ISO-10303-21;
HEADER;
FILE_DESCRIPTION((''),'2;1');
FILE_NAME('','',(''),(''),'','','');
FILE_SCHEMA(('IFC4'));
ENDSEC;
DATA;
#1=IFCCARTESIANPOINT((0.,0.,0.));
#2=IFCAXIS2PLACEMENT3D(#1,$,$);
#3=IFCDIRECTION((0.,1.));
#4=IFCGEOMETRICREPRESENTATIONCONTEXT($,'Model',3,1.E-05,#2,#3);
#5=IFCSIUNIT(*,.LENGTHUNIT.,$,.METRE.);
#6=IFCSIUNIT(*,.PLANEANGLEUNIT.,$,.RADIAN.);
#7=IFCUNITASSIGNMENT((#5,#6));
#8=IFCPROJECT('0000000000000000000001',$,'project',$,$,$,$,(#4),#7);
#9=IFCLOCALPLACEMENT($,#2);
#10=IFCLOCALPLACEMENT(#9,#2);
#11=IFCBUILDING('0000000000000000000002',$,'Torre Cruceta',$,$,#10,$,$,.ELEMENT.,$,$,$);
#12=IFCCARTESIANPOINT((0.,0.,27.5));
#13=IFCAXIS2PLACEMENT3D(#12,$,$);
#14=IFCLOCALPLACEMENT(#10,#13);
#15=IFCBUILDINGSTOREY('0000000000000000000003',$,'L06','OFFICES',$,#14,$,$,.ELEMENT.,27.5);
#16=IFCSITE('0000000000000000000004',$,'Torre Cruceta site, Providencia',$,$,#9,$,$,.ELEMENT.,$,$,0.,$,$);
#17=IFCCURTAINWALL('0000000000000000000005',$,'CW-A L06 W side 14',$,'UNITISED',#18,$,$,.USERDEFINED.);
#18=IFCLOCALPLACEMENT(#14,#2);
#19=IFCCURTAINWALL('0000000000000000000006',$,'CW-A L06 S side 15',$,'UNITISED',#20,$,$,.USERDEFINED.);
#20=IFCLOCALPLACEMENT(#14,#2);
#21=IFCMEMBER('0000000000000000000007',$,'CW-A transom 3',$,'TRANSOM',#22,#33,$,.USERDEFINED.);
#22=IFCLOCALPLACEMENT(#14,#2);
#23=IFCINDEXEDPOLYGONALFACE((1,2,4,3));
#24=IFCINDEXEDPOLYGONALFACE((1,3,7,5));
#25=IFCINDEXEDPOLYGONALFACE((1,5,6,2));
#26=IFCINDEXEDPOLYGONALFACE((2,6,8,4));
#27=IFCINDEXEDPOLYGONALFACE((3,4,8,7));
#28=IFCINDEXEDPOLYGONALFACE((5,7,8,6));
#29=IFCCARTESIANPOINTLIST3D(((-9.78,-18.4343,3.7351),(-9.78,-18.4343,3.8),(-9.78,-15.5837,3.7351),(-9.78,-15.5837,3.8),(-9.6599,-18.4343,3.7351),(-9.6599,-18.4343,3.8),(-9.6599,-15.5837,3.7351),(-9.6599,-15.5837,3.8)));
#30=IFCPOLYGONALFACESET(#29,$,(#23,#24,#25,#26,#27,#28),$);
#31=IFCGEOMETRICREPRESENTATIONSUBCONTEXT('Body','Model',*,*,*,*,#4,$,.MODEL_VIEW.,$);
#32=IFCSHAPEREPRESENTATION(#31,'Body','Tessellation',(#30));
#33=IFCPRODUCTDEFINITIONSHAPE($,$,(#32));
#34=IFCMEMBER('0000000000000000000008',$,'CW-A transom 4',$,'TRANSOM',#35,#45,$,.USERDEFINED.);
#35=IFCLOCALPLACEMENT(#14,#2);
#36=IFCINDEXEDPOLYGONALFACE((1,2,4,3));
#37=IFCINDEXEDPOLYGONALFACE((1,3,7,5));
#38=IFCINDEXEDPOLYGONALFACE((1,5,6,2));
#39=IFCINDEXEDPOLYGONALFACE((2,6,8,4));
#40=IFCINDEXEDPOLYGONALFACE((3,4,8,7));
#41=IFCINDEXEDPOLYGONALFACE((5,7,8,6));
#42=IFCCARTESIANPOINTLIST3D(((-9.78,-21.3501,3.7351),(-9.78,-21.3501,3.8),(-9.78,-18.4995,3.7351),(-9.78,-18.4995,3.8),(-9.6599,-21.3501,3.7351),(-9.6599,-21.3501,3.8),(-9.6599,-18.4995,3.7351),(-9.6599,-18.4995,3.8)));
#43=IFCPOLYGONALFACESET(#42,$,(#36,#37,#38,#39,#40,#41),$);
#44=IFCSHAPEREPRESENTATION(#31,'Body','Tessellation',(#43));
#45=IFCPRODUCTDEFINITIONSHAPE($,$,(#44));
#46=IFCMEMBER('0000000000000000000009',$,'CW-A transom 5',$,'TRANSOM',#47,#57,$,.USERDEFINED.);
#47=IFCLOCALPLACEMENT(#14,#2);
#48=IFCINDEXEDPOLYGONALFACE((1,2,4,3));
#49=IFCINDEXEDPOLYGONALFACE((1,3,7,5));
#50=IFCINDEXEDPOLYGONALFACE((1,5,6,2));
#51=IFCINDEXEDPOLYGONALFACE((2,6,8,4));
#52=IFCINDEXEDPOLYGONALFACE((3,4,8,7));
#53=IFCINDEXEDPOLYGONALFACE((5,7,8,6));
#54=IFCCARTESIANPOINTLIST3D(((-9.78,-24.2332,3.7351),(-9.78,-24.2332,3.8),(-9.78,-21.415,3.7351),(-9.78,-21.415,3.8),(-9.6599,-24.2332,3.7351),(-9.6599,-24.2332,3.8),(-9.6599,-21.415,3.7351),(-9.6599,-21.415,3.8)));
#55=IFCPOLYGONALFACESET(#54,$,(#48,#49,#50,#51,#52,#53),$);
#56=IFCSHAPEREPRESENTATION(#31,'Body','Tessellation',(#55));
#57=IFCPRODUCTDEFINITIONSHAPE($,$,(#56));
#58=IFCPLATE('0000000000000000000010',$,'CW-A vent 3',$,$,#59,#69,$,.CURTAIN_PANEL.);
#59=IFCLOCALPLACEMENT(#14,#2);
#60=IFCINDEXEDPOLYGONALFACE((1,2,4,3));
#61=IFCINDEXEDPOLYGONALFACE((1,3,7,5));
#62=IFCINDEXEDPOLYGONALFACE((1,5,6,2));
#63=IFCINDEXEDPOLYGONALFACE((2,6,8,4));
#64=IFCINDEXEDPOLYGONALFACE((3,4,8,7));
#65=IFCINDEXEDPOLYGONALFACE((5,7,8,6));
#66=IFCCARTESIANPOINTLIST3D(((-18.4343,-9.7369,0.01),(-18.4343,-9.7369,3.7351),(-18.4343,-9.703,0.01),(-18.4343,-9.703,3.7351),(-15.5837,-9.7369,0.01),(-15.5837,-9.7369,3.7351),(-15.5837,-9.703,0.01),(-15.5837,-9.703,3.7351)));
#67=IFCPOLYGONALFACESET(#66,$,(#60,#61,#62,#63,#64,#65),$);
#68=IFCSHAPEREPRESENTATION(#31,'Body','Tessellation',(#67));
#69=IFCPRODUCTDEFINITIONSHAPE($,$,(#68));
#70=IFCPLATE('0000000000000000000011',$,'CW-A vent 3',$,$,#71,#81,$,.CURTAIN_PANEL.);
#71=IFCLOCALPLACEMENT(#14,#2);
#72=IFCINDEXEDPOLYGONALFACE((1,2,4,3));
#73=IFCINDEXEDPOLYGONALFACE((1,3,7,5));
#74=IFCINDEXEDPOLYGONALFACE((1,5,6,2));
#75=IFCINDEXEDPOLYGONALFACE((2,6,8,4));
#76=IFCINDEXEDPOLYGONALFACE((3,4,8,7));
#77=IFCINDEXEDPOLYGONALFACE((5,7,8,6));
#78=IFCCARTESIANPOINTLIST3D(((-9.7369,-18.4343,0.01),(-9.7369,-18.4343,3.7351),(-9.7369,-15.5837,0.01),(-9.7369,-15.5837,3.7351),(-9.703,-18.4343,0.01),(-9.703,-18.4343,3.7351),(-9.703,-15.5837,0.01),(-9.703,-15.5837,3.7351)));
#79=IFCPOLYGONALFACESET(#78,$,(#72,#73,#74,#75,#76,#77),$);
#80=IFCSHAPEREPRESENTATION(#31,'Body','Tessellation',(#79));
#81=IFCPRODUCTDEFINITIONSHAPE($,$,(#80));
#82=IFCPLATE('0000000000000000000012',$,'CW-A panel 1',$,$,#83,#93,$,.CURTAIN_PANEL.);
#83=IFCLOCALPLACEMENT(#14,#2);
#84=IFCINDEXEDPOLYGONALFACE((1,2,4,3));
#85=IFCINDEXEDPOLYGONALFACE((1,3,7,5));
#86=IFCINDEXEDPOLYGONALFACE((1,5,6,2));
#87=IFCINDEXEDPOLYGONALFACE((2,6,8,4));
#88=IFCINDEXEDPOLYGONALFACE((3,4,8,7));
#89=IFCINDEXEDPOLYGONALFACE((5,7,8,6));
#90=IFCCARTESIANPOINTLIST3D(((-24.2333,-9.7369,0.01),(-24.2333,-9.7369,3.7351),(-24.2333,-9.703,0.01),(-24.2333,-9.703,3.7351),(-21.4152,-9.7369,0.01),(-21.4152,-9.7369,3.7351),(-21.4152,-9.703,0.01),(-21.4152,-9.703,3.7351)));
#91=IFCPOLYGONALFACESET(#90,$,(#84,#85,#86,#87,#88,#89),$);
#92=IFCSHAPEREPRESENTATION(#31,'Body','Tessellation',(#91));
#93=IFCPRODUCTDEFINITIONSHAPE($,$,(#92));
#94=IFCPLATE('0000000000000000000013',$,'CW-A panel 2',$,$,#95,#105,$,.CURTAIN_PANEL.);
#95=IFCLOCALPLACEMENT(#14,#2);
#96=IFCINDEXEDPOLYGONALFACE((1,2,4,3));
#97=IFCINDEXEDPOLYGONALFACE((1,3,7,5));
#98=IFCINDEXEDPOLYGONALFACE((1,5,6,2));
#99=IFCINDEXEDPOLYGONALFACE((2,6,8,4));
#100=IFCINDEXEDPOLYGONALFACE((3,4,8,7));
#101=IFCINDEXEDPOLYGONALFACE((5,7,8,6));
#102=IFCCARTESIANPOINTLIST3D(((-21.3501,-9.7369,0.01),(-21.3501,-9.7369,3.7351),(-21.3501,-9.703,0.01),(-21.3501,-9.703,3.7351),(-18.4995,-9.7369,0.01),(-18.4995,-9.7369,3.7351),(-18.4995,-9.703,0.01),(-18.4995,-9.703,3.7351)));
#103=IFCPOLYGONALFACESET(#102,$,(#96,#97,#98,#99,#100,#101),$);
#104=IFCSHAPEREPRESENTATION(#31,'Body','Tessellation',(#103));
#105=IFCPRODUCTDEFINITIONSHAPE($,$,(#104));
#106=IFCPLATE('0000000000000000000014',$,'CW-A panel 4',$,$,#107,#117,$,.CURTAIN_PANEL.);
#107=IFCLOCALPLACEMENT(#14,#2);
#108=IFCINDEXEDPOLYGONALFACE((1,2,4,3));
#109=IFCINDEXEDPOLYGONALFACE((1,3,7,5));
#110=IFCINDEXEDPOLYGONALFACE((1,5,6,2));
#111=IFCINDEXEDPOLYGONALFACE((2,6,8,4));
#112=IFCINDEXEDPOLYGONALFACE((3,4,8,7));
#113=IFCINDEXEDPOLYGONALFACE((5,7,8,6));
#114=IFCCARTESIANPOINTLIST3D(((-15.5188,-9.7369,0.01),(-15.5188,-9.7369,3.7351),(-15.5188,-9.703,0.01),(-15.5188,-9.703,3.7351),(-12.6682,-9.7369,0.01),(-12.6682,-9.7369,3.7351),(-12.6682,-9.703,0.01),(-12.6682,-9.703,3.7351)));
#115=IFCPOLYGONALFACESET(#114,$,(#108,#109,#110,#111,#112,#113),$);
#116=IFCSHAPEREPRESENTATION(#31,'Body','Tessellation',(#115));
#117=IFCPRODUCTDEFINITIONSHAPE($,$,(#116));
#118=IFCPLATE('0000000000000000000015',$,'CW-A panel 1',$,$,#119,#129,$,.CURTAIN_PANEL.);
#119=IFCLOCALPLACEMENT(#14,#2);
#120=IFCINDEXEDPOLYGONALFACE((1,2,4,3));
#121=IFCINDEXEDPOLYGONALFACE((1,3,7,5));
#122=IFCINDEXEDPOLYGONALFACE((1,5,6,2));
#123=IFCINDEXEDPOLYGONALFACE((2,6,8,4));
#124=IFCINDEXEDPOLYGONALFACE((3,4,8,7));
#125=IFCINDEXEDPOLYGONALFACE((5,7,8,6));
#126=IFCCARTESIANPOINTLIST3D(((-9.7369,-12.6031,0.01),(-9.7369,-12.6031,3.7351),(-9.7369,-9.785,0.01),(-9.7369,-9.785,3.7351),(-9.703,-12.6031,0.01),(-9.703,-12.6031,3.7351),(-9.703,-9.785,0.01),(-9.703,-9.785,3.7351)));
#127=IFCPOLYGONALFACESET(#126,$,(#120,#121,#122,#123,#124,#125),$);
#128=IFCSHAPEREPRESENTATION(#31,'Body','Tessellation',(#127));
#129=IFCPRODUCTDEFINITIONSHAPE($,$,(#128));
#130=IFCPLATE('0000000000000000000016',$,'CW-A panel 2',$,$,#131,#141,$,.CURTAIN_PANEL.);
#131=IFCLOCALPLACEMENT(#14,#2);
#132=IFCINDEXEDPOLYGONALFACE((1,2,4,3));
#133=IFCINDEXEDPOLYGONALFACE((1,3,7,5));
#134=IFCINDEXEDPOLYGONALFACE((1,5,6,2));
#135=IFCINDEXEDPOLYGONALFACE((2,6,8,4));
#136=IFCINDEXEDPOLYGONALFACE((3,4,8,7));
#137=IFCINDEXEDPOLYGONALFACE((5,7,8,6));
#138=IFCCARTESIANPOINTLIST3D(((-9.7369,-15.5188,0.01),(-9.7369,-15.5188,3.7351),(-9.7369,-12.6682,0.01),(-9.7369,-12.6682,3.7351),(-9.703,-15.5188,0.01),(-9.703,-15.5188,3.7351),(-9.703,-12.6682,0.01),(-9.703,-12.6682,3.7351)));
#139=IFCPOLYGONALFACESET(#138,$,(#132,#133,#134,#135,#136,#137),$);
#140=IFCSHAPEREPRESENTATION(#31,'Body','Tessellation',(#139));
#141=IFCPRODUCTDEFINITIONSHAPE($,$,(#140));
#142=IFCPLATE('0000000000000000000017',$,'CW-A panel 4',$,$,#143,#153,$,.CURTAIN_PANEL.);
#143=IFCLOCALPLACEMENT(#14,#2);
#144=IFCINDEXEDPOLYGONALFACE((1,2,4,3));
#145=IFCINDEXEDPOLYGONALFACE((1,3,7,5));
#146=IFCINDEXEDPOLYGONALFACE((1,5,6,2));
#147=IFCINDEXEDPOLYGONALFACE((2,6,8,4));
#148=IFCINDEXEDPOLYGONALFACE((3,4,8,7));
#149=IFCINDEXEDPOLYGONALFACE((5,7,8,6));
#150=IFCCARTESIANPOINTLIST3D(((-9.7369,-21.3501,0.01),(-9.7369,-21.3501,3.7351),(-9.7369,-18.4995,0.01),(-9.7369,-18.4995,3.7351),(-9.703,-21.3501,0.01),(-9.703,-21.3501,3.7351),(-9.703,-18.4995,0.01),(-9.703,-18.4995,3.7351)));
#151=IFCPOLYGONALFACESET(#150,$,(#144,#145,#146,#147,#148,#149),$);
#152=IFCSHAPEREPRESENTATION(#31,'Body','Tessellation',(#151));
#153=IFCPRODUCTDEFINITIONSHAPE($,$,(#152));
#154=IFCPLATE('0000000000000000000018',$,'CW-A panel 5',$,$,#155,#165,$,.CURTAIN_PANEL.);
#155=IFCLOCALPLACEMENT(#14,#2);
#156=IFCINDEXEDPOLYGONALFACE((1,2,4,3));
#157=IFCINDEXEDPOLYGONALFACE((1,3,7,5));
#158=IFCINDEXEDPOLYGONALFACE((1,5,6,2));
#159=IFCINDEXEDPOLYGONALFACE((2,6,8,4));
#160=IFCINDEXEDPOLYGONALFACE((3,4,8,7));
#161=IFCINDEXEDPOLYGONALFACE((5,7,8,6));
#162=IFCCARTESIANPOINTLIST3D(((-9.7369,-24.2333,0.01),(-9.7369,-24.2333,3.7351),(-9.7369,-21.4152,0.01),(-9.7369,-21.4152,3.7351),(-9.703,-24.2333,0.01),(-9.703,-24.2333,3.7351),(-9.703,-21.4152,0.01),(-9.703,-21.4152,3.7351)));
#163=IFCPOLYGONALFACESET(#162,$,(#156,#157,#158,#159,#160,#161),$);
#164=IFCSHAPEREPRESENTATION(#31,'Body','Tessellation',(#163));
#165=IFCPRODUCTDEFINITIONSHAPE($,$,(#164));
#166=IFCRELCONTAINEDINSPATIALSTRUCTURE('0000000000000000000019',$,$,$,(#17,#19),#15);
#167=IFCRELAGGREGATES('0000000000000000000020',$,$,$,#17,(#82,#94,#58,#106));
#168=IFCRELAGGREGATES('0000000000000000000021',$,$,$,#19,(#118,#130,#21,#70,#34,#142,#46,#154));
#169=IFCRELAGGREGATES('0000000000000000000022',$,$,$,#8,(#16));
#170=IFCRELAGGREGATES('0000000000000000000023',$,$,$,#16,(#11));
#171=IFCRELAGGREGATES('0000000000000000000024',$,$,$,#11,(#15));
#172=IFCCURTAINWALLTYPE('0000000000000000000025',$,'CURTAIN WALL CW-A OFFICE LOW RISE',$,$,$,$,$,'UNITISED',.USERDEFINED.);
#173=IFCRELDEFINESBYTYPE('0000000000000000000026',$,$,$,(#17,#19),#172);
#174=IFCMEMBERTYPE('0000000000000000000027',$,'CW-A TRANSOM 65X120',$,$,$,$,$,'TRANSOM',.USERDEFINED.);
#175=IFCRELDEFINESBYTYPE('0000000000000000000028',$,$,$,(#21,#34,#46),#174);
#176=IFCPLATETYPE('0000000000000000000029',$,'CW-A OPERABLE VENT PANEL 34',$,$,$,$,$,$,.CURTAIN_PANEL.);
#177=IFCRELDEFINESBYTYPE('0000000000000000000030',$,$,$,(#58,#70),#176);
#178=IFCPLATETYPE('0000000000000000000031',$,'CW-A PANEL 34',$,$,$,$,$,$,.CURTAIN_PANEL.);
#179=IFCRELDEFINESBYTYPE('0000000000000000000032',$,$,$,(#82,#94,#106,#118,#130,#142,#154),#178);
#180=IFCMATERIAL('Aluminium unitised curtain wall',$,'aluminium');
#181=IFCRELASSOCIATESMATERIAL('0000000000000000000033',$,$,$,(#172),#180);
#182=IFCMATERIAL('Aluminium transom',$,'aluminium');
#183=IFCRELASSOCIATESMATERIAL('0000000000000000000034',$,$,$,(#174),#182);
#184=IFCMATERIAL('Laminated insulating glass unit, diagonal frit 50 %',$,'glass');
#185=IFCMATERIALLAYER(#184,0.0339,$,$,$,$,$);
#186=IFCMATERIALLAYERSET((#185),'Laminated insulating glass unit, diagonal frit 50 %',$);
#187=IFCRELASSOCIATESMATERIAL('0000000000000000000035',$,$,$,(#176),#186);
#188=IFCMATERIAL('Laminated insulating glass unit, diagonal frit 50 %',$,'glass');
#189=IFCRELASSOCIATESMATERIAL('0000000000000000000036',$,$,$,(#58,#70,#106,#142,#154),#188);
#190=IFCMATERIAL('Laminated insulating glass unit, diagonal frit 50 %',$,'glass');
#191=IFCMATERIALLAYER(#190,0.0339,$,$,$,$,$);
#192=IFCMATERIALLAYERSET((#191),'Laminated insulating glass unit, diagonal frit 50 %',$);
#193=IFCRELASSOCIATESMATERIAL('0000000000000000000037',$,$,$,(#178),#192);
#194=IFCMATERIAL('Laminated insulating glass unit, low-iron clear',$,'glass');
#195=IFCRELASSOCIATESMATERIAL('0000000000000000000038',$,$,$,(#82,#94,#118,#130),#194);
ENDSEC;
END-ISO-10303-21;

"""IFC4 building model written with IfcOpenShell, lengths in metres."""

from ifc_helpers import new_model, si_unit, direction, frame, origin, origin_2d, place, context, subcontext, project, spatial, rectangle, extrude, material, layer, layer_set, material_profile, profile_set, type_object, element, aggregate, save


model = new_model("IFC4")

# Units and contexts
model_context = context("Model", 3, precision=1e-05, world=origin(), true_north=direction((0.0, 1.0)))
body_context = subcontext(model_context, "Body", "Model", "MODEL_VIEW")
ifc_project = project(units=[si_unit("LENGTHUNIT", "METRE"), si_unit("PLANEANGLEUNIT", "RADIAN")], contexts=[model_context])

# Site, building, storey
site_placement = place(None, origin())
site = spatial("IfcSite", under=ifc_project, at=site_placement, Name="Torre Cruceta site, Providencia", CompositionType="ELEMENT", RefElevation=0.0)
building_placement = place(site_placement, origin())
building = spatial("IfcBuilding", under=site, at=building_placement, Name="Torre Cruceta", CompositionType="ELEMENT")
storey_placement = place(building_placement, frame((0.0, 0.0, 27.5)))
storey = spatial("IfcBuildingStorey", under=building, at=storey_placement, Name="L06", Description="OFFICES", CompositionType="ELEMENT", Elevation=27.5)

# Curtain walls
ifc_material_1 = material(Name="Aluminium unitised curtain wall", Category="aluminium")
curtain_wall_type = type_object("IfcCurtainWallType", Name="CURTAIN WALL CW-A OFFICE LOW RISE", ElementType="UNITISED", PredefinedType="USERDEFINED", material=ifc_material_1)
curtain_wall_1_placement = place(storey_placement, origin())
curtain_wall_1 = element("IfcCurtainWall", 1, at=curtain_wall_1_placement, inside=storey, type_object=curtain_wall_type, Name="CW-A L06 W side 14", ObjectType="UNITISED", PredefinedType="USERDEFINED")
curtain_wall_2_placement = place(storey_placement, origin())
curtain_wall_2 = element("IfcCurtainWall", 2, at=curtain_wall_2_placement, inside=storey, type_object=curtain_wall_type, Name="CW-A L06 S side 15", ObjectType="UNITISED", PredefinedType="USERDEFINED")

# Members
ifc_material_2 = material(Name="Aluminium transom", Category="aluminium")
ifc_material_profile_1 = material_profile(ifc_material_2, rectangle(XDim=0.1201, YDim=0.0649, at=origin_2d()), Name="AL 120X65")
ifc_profile_set_1 = profile_set([ifc_material_profile_1], Name="Aluminium transom")
member_type_1 = type_object("IfcMemberType", Name="CW-A TRANSOM 65X120", ElementType="TRANSOM", PredefinedType="USERDEFINED", material=ifc_profile_set_1)
member_1_placement = place(storey_placement, frame((-9.72, -15.5837, 3.7676), z_axis=(0.0, -1.0, 0.0), x_axis=(1.0, 0.0, 0.0)))
member_1 = element("IfcMember", 3, at=member_1_placement, type_object=member_type_1, Name="CW-A transom 3", ObjectType="TRANSOM", PredefinedType="USERDEFINED", context=body_context, shape_type="SweptSolid", body=[
    extrude(rectangle(XDim=0.1201, YDim=0.0649, at=origin_2d()), origin(), (0.0, 0.0, 1.0), 2.8506),
])
member_2_placement = place(storey_placement, frame((-9.72, -18.4995, 3.7676), z_axis=(0.0, -1.0, 0.0), x_axis=(1.0, 0.0, 0.0)))
member_2 = element("IfcMember", 4, at=member_2_placement, type_object=member_type_1, Name="CW-A transom 4", ObjectType="TRANSOM", PredefinedType="USERDEFINED", context=body_context, shape_type="SweptSolid", body=[
    extrude(rectangle(XDim=0.1201, YDim=0.0649, at=origin_2d()), origin(), (0.0, 0.0, 1.0), 2.8506),
])
member_3_placement = place(storey_placement, frame((-9.72, -21.415, 3.7676), z_axis=(0.0, -1.0, 0.0), x_axis=(1.0, 0.0, 0.0)))
member_3 = element("IfcMember", 5, at=member_3_placement, type_object=member_type_1, Name="CW-A transom 5", ObjectType="TRANSOM", PredefinedType="USERDEFINED", context=body_context, shape_type="SweptSolid", body=[
    extrude(rectangle(XDim=0.1201, YDim=0.0649, at=origin_2d()), origin(), (0.0, 0.0, 1.0), 2.8181),
])

# Plates
ifc_material_3 = material(Name="Laminated insulating glass unit, diagonal frit 50 %", Category="glass")
ifc_material_4 = material(Name="Laminated insulating glass unit, diagonal frit 50 %", Category="glass")
ifc_layer_1 = layer(ifc_material_4, 0.0339)
ifc_layer_set_1 = layer_set([ifc_layer_1], Name="Laminated insulating glass unit, diagonal frit 50 %")
plate_type_1 = type_object("IfcPlateType", Name="CW-A OPERABLE VENT PANEL 34", PredefinedType="CURTAIN_PANEL", material=ifc_layer_set_1)
plate_1_placement = place(storey_placement, frame((-17.009, -9.72, 0.01), z_axis=(0.0, 0.0, 1.0), x_axis=(1.0, 0.0, 0.0)))
plate_1 = element("IfcPlate", 6, at=plate_1_placement, type_object=plate_type_1, material=ifc_material_3, Name="CW-A vent 3", PredefinedType="CURTAIN_PANEL", context=body_context, shape_type="SweptSolid", body=[
    extrude(rectangle(XDim=2.8506, YDim=0.0339, at=origin_2d()), origin(), (0.0, 0.0, 1.0), 3.7251),
])
plate_2_placement = place(storey_placement, frame((-9.72, -17.009, 0.01), z_axis=(0.0, 0.0, 1.0), x_axis=(0.0, -1.0, 0.0)))
plate_2 = element("IfcPlate", 7, at=plate_2_placement, type_object=plate_type_1, material=ifc_material_3, Name="CW-A vent 3", PredefinedType="CURTAIN_PANEL", context=body_context, shape_type="SweptSolid", body=[
    extrude(rectangle(XDim=2.8506, YDim=0.0339, at=origin_2d()), origin(), (0.0, 0.0, 1.0), 3.7251),
])
ifc_material_5 = material(Name="Laminated insulating glass unit, low-iron clear", Category="glass")
ifc_material_6 = material(Name="Laminated insulating glass unit, diagonal frit 50 %", Category="glass")
ifc_layer_2 = layer(ifc_material_6, 0.0339)
ifc_layer_set_2 = layer_set([ifc_layer_2], Name="Laminated insulating glass unit, diagonal frit 50 %")
plate_type_2 = type_object("IfcPlateType", Name="CW-A PANEL 34", PredefinedType="CURTAIN_PANEL", material=ifc_layer_set_2)
plate_3_placement = place(storey_placement, frame((-22.8242, -9.72, 0.01), z_axis=(0.0, 0.0, 1.0), x_axis=(1.0, 0.0, 0.0)))
plate_3 = element("IfcPlate", 8, at=plate_3_placement, type_object=plate_type_2, material=ifc_material_5, Name="CW-A panel 1", PredefinedType="CURTAIN_PANEL", context=body_context, shape_type="SweptSolid", body=[
    extrude(rectangle(XDim=2.8181, YDim=0.0339, at=origin_2d()), origin(), (0.0, 0.0, 1.0), 3.7251),
])
plate_4_placement = place(storey_placement, frame((-19.9248, -9.72, 0.01), z_axis=(0.0, 0.0, 1.0), x_axis=(1.0, 0.0, 0.0)))
plate_4 = element("IfcPlate", 9, at=plate_4_placement, type_object=plate_type_2, material=ifc_material_5, Name="CW-A panel 2", PredefinedType="CURTAIN_PANEL", context=body_context, shape_type="SweptSolid", body=[
    extrude(rectangle(XDim=2.8506, YDim=0.0339, at=origin_2d()), origin(), (0.0, 0.0, 1.0), 3.7251),
])
plate_5_placement = place(storey_placement, frame((-14.0935, -9.72, 0.01), z_axis=(0.0, 0.0, 1.0), x_axis=(1.0, 0.0, 0.0)))
plate_5 = element("IfcPlate", 10, at=plate_5_placement, type_object=plate_type_2, material=ifc_material_3, Name="CW-A panel 4", PredefinedType="CURTAIN_PANEL", context=body_context, shape_type="SweptSolid", body=[
    extrude(rectangle(XDim=2.8506, YDim=0.0339, at=origin_2d()), origin(), (0.0, 0.0, 1.0), 3.7251),
])
aggregate(curtain_wall_1, [plate_3, plate_4, plate_1, plate_5])
plate_6_placement = place(storey_placement, frame((-9.72, -11.1941, 0.01), z_axis=(0.0, 0.0, 1.0), x_axis=(0.0, -1.0, 0.0)))
plate_6 = element("IfcPlate", 11, at=plate_6_placement, type_object=plate_type_2, material=ifc_material_5, Name="CW-A panel 1", PredefinedType="CURTAIN_PANEL", context=body_context, shape_type="SweptSolid", body=[
    extrude(rectangle(XDim=2.8181, YDim=0.0339, at=origin_2d()), origin(), (0.0, 0.0, 1.0), 3.7251),
])
plate_7_placement = place(storey_placement, frame((-9.72, -14.0935, 0.01), z_axis=(0.0, 0.0, 1.0), x_axis=(0.0, -1.0, 0.0)))
plate_7 = element("IfcPlate", 12, at=plate_7_placement, type_object=plate_type_2, material=ifc_material_5, Name="CW-A panel 2", PredefinedType="CURTAIN_PANEL", context=body_context, shape_type="SweptSolid", body=[
    extrude(rectangle(XDim=2.8506, YDim=0.0339, at=origin_2d()), origin(), (0.0, 0.0, 1.0), 3.7251),
])
plate_8_placement = place(storey_placement, frame((-9.72, -19.9248, 0.01), z_axis=(0.0, 0.0, 1.0), x_axis=(0.0, -1.0, 0.0)))
plate_8 = element("IfcPlate", 13, at=plate_8_placement, type_object=plate_type_2, material=ifc_material_3, Name="CW-A panel 4", PredefinedType="CURTAIN_PANEL", context=body_context, shape_type="SweptSolid", body=[
    extrude(rectangle(XDim=2.8506, YDim=0.0339, at=origin_2d()), origin(), (0.0, 0.0, 1.0), 3.7251),
])
plate_9_placement = place(storey_placement, frame((-9.72, -22.8242, 0.01), z_axis=(0.0, 0.0, 1.0), x_axis=(0.0, -1.0, 0.0)))
plate_9 = element("IfcPlate", 14, at=plate_9_placement, type_object=plate_type_2, material=ifc_material_3, Name="CW-A panel 5", PredefinedType="CURTAIN_PANEL", context=body_context, shape_type="SweptSolid", body=[
    extrude(rectangle(XDim=2.8181, YDim=0.0339, at=origin_2d()), origin(), (0.0, 0.0, 1.0), 3.7251),
])
aggregate(curtain_wall_2, [plate_6, plate_7, member_1, plate_2, member_2, plate_8, member_3, plate_9])

save(model, "model.ifc")
